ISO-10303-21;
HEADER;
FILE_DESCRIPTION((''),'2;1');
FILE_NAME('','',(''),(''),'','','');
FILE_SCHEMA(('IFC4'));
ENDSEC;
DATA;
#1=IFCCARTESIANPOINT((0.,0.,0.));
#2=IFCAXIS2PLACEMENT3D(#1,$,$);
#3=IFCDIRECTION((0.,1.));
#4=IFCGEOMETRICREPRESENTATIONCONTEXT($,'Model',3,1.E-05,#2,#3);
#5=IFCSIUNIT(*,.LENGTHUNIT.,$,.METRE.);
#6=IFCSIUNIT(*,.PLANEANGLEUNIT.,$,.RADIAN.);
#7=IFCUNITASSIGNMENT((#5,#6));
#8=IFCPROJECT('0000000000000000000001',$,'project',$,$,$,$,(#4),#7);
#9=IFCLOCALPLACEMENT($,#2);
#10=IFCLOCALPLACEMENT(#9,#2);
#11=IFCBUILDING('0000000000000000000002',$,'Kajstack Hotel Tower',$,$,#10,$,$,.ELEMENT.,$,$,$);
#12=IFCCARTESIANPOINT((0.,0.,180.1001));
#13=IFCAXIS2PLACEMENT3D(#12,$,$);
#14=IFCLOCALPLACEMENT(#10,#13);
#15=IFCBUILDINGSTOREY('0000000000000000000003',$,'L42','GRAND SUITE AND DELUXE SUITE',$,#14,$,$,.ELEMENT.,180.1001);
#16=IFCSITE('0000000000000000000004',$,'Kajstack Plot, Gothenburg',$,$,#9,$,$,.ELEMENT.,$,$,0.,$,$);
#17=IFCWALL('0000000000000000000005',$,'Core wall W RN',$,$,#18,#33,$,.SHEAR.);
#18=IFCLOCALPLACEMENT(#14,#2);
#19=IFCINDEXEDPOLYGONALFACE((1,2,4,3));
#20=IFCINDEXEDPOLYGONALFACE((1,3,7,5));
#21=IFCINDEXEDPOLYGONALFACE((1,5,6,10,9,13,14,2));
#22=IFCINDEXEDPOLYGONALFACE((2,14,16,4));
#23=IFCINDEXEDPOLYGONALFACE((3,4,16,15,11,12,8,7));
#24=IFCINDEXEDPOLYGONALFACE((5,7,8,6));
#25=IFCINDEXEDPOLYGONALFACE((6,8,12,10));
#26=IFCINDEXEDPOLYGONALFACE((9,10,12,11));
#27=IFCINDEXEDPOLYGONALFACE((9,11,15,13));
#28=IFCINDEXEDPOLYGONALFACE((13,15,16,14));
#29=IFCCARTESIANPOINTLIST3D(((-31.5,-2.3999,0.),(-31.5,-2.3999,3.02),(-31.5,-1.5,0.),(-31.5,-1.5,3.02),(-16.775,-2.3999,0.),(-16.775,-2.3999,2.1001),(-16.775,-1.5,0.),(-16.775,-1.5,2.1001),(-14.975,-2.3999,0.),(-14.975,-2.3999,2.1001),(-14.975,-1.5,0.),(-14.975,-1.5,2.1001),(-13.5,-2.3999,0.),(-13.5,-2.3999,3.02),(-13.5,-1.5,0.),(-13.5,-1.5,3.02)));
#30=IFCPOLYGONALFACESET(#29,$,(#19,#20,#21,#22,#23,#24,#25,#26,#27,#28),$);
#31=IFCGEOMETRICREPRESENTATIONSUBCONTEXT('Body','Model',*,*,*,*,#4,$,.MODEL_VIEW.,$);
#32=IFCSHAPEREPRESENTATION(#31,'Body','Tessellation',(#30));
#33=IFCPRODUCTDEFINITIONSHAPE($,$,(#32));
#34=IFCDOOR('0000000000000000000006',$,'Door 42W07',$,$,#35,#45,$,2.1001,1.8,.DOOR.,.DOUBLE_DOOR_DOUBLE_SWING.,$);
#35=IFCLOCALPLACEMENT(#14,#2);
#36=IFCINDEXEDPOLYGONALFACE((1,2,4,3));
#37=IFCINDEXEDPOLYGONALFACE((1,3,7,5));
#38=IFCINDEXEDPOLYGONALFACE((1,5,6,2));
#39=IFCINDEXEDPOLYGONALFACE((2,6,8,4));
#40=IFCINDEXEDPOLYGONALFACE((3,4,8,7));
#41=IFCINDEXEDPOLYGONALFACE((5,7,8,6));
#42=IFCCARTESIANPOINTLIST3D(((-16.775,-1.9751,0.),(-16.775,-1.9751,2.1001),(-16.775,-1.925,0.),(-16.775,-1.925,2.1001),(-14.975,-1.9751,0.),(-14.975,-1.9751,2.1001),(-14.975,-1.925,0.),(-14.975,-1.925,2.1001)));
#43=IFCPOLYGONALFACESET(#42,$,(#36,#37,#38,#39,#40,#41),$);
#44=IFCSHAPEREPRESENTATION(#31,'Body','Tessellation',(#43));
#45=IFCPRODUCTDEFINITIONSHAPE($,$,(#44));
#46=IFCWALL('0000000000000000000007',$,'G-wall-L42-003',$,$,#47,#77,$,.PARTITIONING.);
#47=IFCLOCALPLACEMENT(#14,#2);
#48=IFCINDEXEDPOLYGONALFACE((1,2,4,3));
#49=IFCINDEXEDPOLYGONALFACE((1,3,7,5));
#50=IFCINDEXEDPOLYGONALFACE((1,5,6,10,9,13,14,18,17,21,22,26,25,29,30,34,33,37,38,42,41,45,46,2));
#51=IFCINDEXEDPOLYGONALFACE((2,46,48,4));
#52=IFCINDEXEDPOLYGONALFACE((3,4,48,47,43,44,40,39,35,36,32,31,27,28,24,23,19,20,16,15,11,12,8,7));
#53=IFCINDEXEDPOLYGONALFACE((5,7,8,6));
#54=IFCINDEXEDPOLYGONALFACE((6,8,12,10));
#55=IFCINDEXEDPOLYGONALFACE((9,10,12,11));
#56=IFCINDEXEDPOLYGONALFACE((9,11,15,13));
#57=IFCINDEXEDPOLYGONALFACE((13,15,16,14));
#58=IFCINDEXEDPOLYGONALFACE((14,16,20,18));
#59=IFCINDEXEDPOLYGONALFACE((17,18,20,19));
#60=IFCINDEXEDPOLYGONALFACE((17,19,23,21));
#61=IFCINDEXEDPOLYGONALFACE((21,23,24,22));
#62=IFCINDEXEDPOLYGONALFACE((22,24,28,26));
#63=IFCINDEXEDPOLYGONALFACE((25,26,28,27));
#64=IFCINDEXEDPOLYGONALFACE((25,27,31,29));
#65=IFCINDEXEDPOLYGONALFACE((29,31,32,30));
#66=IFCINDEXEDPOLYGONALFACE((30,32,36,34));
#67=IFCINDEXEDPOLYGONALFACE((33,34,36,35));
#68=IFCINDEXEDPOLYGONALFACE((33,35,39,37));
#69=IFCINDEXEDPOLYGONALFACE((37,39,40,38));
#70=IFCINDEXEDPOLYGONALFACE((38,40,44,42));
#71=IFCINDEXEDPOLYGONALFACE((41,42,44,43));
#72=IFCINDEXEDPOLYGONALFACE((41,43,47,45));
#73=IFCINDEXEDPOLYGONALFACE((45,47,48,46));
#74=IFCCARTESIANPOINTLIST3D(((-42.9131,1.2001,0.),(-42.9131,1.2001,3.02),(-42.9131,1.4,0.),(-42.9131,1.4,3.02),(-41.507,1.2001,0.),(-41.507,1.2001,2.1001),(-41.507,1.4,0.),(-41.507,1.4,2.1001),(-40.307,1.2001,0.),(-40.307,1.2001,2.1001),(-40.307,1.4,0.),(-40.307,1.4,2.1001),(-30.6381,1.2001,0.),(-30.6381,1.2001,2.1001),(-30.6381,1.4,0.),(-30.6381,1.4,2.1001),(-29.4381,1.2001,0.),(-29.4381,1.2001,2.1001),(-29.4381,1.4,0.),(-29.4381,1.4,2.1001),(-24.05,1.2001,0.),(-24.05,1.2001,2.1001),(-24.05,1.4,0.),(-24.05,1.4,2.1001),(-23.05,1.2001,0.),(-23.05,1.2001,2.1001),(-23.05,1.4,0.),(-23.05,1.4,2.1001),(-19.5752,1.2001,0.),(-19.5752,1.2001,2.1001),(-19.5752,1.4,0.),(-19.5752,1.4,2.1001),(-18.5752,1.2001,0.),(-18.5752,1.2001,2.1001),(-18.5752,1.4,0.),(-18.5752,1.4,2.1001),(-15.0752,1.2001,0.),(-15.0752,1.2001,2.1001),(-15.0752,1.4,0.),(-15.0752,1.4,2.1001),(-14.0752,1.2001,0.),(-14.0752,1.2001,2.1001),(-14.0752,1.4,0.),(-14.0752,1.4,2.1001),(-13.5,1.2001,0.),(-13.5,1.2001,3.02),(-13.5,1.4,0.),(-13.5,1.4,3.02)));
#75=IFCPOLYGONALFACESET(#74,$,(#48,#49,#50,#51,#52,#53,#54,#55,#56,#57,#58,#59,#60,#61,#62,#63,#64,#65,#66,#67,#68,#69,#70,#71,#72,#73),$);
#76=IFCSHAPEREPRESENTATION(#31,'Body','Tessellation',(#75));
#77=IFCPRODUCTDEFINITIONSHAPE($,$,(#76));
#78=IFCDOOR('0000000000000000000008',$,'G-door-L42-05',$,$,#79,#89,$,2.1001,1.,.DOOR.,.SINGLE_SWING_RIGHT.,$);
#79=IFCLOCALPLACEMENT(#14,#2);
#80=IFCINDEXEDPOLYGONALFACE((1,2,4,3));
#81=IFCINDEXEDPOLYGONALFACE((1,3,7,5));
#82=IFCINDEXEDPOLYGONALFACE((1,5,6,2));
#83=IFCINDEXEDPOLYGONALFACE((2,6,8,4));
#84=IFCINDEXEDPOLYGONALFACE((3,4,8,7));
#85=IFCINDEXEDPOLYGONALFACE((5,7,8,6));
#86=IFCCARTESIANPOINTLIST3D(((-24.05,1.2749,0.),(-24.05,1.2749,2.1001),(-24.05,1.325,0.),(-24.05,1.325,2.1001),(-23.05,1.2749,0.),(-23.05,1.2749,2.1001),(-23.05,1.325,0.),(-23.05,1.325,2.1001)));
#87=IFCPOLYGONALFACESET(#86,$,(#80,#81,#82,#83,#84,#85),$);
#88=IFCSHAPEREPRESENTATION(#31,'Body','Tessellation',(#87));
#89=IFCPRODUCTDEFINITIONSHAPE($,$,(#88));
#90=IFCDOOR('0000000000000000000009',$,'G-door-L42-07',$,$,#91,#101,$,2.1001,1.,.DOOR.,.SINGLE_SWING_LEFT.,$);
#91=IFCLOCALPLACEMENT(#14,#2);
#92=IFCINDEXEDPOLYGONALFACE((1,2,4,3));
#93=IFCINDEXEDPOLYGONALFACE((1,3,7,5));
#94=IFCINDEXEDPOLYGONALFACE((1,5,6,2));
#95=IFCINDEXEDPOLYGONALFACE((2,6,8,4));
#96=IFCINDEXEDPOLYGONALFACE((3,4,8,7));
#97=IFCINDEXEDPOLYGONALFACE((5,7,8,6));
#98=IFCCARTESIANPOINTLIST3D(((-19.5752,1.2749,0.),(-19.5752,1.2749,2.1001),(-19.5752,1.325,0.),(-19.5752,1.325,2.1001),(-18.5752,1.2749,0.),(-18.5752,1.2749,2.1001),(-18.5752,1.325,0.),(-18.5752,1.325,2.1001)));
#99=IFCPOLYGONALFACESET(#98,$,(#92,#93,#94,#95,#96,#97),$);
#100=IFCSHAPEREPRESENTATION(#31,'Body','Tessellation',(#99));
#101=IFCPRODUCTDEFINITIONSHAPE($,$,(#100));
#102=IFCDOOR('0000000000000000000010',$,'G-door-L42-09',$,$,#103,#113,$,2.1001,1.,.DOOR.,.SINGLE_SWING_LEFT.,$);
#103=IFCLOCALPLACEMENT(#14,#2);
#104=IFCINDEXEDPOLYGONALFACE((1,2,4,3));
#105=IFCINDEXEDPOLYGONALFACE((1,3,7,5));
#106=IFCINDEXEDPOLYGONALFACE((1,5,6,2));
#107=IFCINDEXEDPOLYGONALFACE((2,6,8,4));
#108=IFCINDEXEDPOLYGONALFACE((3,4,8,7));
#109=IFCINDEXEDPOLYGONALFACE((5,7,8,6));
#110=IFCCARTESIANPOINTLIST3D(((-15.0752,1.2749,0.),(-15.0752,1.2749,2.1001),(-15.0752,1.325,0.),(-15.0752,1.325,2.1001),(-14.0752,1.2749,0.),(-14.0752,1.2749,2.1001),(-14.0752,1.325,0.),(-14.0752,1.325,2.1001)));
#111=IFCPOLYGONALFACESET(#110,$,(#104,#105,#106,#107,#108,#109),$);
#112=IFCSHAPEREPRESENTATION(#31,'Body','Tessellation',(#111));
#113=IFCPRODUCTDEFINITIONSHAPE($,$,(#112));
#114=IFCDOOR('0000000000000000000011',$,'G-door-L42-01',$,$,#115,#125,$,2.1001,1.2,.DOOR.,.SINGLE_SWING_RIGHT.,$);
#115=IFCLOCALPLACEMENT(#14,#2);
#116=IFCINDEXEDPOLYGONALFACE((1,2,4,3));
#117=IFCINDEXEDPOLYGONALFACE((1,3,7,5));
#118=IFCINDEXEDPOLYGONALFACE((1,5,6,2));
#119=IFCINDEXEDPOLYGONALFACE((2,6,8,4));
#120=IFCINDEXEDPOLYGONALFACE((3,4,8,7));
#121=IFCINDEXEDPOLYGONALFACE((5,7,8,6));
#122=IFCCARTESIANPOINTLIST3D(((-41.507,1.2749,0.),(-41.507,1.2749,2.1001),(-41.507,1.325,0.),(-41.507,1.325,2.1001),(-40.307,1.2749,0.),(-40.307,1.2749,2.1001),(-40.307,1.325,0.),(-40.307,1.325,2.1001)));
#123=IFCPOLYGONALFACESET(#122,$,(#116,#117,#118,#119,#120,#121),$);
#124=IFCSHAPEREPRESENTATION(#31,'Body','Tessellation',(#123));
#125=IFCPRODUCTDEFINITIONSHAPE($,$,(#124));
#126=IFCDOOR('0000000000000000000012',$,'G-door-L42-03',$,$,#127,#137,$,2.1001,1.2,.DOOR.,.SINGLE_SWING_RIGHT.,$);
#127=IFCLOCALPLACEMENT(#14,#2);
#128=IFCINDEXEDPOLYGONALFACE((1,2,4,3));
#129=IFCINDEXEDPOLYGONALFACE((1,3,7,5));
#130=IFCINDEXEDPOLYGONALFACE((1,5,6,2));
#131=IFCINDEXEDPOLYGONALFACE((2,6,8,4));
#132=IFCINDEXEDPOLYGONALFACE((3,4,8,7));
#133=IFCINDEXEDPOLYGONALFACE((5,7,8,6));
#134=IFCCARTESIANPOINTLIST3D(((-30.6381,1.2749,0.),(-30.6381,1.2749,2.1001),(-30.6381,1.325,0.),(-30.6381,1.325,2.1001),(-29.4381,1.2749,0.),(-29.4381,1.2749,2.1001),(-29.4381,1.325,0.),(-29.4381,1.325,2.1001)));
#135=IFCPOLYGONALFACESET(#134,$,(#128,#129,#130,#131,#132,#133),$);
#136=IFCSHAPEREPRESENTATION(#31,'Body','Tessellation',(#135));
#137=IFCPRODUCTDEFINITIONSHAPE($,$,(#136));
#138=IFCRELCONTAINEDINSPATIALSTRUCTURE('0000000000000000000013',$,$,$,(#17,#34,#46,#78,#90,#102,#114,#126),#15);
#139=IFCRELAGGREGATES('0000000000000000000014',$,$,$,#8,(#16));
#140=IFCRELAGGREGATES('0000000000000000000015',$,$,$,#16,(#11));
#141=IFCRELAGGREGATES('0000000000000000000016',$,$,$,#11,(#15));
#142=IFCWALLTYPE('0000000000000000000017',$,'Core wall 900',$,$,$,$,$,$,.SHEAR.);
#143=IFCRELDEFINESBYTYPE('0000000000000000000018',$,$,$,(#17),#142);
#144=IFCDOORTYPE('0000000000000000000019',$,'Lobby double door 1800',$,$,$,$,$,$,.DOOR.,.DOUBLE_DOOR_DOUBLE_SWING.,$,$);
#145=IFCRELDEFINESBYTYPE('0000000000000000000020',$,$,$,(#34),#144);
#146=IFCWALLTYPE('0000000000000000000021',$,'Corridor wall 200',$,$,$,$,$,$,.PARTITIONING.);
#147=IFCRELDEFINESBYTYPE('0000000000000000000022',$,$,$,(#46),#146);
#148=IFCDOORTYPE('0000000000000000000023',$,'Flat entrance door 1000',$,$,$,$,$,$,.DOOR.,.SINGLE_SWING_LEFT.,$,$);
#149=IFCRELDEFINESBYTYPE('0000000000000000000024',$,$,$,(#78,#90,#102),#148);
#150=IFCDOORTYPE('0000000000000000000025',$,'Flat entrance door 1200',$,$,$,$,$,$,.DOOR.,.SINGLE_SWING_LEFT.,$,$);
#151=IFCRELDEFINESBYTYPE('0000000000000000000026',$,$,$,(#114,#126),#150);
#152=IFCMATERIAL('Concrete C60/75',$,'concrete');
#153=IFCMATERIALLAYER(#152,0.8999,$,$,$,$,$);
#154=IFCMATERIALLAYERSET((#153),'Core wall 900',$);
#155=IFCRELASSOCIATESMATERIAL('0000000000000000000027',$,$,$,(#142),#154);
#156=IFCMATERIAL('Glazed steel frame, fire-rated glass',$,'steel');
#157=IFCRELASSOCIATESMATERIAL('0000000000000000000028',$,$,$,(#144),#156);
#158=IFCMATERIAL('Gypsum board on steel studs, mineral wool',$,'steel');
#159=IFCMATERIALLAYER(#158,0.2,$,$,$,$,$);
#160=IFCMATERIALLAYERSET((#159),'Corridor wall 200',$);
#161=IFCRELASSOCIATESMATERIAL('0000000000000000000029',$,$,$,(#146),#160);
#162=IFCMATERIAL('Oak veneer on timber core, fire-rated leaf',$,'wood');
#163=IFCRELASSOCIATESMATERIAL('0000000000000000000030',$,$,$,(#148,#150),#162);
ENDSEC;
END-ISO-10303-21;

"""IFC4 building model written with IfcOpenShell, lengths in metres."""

from ifc_helpers import new_model, si_unit, direction, frame, frame_2d, origin, place, context, subcontext, project, spatial, rectangle, extrude, material, layer, layer_set, type_object, element, fill, save


model = new_model("IFC4")

# Units and contexts
model_context = context("Model", 3, precision=1e-05, world=origin(), true_north=direction((0.0, 1.0)))
body_context = subcontext(model_context, "Body", "Model", "MODEL_VIEW")
ifc_project = project(units=[si_unit("LENGTHUNIT", "METRE"), si_unit("PLANEANGLEUNIT", "RADIAN")], contexts=[model_context])

# Site, building, storey
site_placement = place(None, origin())
site = spatial("IfcSite", under=ifc_project, at=site_placement, Name="Kajstack Plot, Gothenburg", CompositionType="ELEMENT", RefElevation=0.0)
building_placement = place(site_placement, origin())
building = spatial("IfcBuilding", under=site, at=building_placement, Name="Kajstack Hotel Tower", CompositionType="ELEMENT")
storey_placement = place(building_placement, frame((0.0, 0.0, 180.1001)))
storey = spatial("IfcBuildingStorey", under=building, at=storey_placement, Name="L42", Description="GRAND SUITE AND DELUXE SUITE", CompositionType="ELEMENT", Elevation=180.1001)

# Wall, opening, door
ifc_material_1 = material(Name="Concrete C60/75", Category="concrete")
ifc_layer_1 = layer(ifc_material_1, 0.8999)
ifc_layer_set_1 = layer_set([ifc_layer_1], Name="Core wall 900")
wall_type_1 = type_object("IfcWallType", Name="Core wall 900", PredefinedType="SHEAR", material=ifc_layer_set_1)
wall_1_placement = place(storey_placement, frame((-31.5, -1.95, 0.0), z_axis=(0.0, 0.0, 1.0), x_axis=(1.0, 0.0, 0.0)))
wall_1 = element("IfcWall", 1, at=wall_1_placement, inside=storey, type_object=wall_type_1, Name="Core wall W RN", PredefinedType="SHEAR", context=body_context, shape_type="SweptSolid", body=[
    extrude(rectangle(XDim=18.0, YDim=0.8999, at=frame_2d((9.0, 0.0))), origin(), (0.0, 0.0, 1.0), 3.02),
])
opening_1_placement = place(wall_1_placement, frame((14.7251, 0.0, 0.0)))
opening_1 = element("IfcOpeningElement", 2, at=opening_1_placement, cuts=wall_1, PredefinedType="OPENING", context=body_context, shape_type="SweptSolid", body=[
    extrude(rectangle(XDim=1.8, YDim=2.1001, at=frame_2d((0.8999, 1.05))), frame((0.0, 0.46, 0.0), z_axis=(0.0, -1.0, 0.0), x_axis=(1.0, 0.0, 0.0)), (0.0, 0.0, 1.0), 0.9199),
])
ifc_material_2 = material(Name="Glazed steel frame, fire-rated glass", Category="steel")
door_type_1 = type_object("IfcDoorType", Name="Lobby double door 1800", OperationType="DOUBLE_DOOR_DOUBLE_SWING", PredefinedType="DOOR", material=ifc_material_2)
door_1_placement = place(opening_1_placement, origin())
door_1 = element("IfcDoor", 3, at=door_1_placement, inside=storey, type_object=door_type_1, Name="Door 42W07", OperationType="DOUBLE_DOOR_DOUBLE_SWING", OverallHeight=2.1001, OverallWidth=1.8, PredefinedType="DOOR", context=body_context, shape_type="SweptSolid", body=[
    extrude(rectangle(XDim=1.8, YDim=2.1001, at=frame_2d((0.8999, 1.05))), frame((0.0, 0.0249, 0.0), z_axis=(0.0, -1.0, 0.0), x_axis=(1.0, 0.0, 0.0)), (0.0, 0.0, 1.0), 0.05),
])
fill(opening_1, door_1)

# Wall, openings, doors
ifc_material_3 = material(Name="Gypsum board on steel studs, mineral wool", Category="steel")
ifc_layer_2 = layer(ifc_material_3, 0.2)
ifc_layer_set_2 = layer_set([ifc_layer_2], Name="Corridor wall 200")
wall_type_2 = type_object("IfcWallType", Name="Corridor wall 200", PredefinedType="PARTITIONING", material=ifc_layer_set_2)
wall_2_placement = place(storey_placement, frame((-42.9131, 1.3, 0.0), z_axis=(0.0, 0.0, 1.0), x_axis=(1.0, 0.0, 0.0)))
wall_2 = element("IfcWall", 4, at=wall_2_placement, inside=storey, type_object=wall_type_2, Name="G-wall-L42-003", PredefinedType="PARTITIONING", context=body_context, shape_type="SweptSolid", body=[
    extrude(rectangle(XDim=29.4131, YDim=0.2, at=frame_2d((14.7065, 0.0))), origin(), (0.0, 0.0, 1.0), 3.02),
])
opening_2_placement = place(wall_2_placement, frame((1.406, 0.0, 0.0)))
opening_2 = element("IfcOpeningElement", 5, at=opening_2_placement, cuts=wall_2, PredefinedType="OPENING", context=body_context, shape_type="SweptSolid", body=[
    extrude(rectangle(XDim=1.2, YDim=2.1001, at=frame_2d((0.6001, 1.05))), frame((0.0, 0.1099, 0.0), z_axis=(0.0, -1.0, 0.0), x_axis=(1.0, 0.0, 0.0)), (0.0, 0.0, 1.0), 0.22),
])
opening_3_placement = place(wall_2_placement, frame((12.2749, 0.0, 0.0)))
opening_3 = element("IfcOpeningElement", 6, at=opening_3_placement, cuts=wall_2, PredefinedType="OPENING", context=body_context, shape_type="SweptSolid", body=[
    extrude(rectangle(XDim=1.2, YDim=2.1001, at=frame_2d((0.6001, 1.05))), frame((0.0, 0.1099, 0.0), z_axis=(0.0, -1.0, 0.0), x_axis=(1.0, 0.0, 0.0)), (0.0, 0.0, 1.0), 0.22),
])
opening_4_placement = place(wall_2_placement, frame((18.863, 0.0, 0.0)))
opening_4 = element("IfcOpeningElement", 7, at=opening_4_placement, cuts=wall_2, PredefinedType="OPENING", context=body_context, shape_type="SweptSolid", body=[
    extrude(rectangle(XDim=1.0, YDim=2.1001, at=frame_2d((0.5, 1.05))), frame((0.0, 0.1099, 0.0), z_axis=(0.0, -1.0, 0.0), x_axis=(1.0, 0.0, 0.0)), (0.0, 0.0, 1.0), 0.22),
])
opening_5_placement = place(wall_2_placement, frame((23.3379, 0.0, 0.0)))
opening_5 = element("IfcOpeningElement", 8, at=opening_5_placement, cuts=wall_2, PredefinedType="OPENING", context=body_context, shape_type="SweptSolid", body=[
    extrude(rectangle(XDim=1.0, YDim=2.1001, at=frame_2d((0.5, 1.05))), frame((0.0, 0.1099, 0.0), z_axis=(0.0, -1.0, 0.0), x_axis=(1.0, 0.0, 0.0)), (0.0, 0.0, 1.0), 0.22),
])
opening_6_placement = place(wall_2_placement, frame((27.8379, 0.0, 0.0)))
opening_6 = element("IfcOpeningElement", 9, at=opening_6_placement, cuts=wall_2, PredefinedType="OPENING", context=body_context, shape_type="SweptSolid", body=[
    extrude(rectangle(XDim=1.0, YDim=2.1001, at=frame_2d((0.5, 1.05))), frame((0.0, 0.1099, 0.0), z_axis=(0.0, -1.0, 0.0), x_axis=(1.0, 0.0, 0.0)), (0.0, 0.0, 1.0), 0.22),
])
ifc_material_4 = material(Name="Oak veneer on timber core, fire-rated leaf", Category="wood")
door_type_2 = type_object("IfcDoorType", Name="Flat entrance door 1000", OperationType="SINGLE_SWING_LEFT", PredefinedType="DOOR", material=ifc_material_4)
door_2_placement = place(opening_4_placement, origin())
door_2 = element("IfcDoor", 10, at=door_2_placement, inside=storey, type_object=door_type_2, Name="G-door-L42-05", OperationType="SINGLE_SWING_RIGHT", OverallHeight=2.1001, OverallWidth=1.0, PredefinedType="DOOR", context=body_context, shape_type="SweptSolid", body=[
    extrude(rectangle(XDim=1.0, YDim=2.1001, at=frame_2d((0.5, 1.05))), frame((0.0, 0.0249, 0.0), z_axis=(0.0, -1.0, 0.0), x_axis=(1.0, 0.0, 0.0)), (0.0, 0.0, 1.0), 0.05),
])
fill(opening_4, door_2)
door_3_placement = place(opening_5_placement, origin())
door_3 = element("IfcDoor", 11, at=door_3_placement, inside=storey, type_object=door_type_2, Name="G-door-L42-07", OperationType="SINGLE_SWING_LEFT", OverallHeight=2.1001, OverallWidth=1.0, PredefinedType="DOOR", context=body_context, shape_type="SweptSolid", body=[
    extrude(rectangle(XDim=1.0, YDim=2.1001, at=frame_2d((0.5, 1.05))), frame((0.0, 0.0249, 0.0), z_axis=(0.0, -1.0, 0.0), x_axis=(1.0, 0.0, 0.0)), (0.0, 0.0, 1.0), 0.05),
])
fill(opening_5, door_3)
door_4_placement = place(opening_6_placement, origin())
door_4 = element("IfcDoor", 12, at=door_4_placement, inside=storey, type_object=door_type_2, Name="G-door-L42-09", OperationType="SINGLE_SWING_LEFT", OverallHeight=2.1001, OverallWidth=1.0, PredefinedType="DOOR", context=body_context, shape_type="SweptSolid", body=[
    extrude(rectangle(XDim=1.0, YDim=2.1001, at=frame_2d((0.5, 1.05))), frame((0.0, 0.0249, 0.0), z_axis=(0.0, -1.0, 0.0), x_axis=(1.0, 0.0, 0.0)), (0.0, 0.0, 1.0), 0.05),
])
fill(opening_6, door_4)
door_type_3 = type_object("IfcDoorType", Name="Flat entrance door 1200", OperationType="SINGLE_SWING_LEFT", PredefinedType="DOOR", material=ifc_material_4)
door_5_placement = place(opening_2_placement, origin())
door_5 = element("IfcDoor", 13, at=door_5_placement, inside=storey, type_object=door_type_3, Name="G-door-L42-01", OperationType="SINGLE_SWING_RIGHT", OverallHeight=2.1001, OverallWidth=1.2, PredefinedType="DOOR", context=body_context, shape_type="SweptSolid", body=[
    extrude(rectangle(XDim=1.2, YDim=2.1001, at=frame_2d((0.6001, 1.05))), frame((0.0, 0.0249, 0.0), z_axis=(0.0, -1.0, 0.0), x_axis=(1.0, 0.0, 0.0)), (0.0, 0.0, 1.0), 0.05),
])
fill(opening_2, door_5)
door_6_placement = place(opening_3_placement, origin())
door_6 = element("IfcDoor", 14, at=door_6_placement, inside=storey, type_object=door_type_3, Name="G-door-L42-03", OperationType="SINGLE_SWING_RIGHT", OverallHeight=2.1001, OverallWidth=1.2, PredefinedType="DOOR", context=body_context, shape_type="SweptSolid", body=[
    extrude(rectangle(XDim=1.2, YDim=2.1001, at=frame_2d((0.6001, 1.05))), frame((0.0, 0.0249, 0.0), z_axis=(0.0, -1.0, 0.0), x_axis=(1.0, 0.0, 0.0)), (0.0, 0.0, 1.0), 0.05),
])
fill(opening_3, door_6)

save(model, "model.ifc")
